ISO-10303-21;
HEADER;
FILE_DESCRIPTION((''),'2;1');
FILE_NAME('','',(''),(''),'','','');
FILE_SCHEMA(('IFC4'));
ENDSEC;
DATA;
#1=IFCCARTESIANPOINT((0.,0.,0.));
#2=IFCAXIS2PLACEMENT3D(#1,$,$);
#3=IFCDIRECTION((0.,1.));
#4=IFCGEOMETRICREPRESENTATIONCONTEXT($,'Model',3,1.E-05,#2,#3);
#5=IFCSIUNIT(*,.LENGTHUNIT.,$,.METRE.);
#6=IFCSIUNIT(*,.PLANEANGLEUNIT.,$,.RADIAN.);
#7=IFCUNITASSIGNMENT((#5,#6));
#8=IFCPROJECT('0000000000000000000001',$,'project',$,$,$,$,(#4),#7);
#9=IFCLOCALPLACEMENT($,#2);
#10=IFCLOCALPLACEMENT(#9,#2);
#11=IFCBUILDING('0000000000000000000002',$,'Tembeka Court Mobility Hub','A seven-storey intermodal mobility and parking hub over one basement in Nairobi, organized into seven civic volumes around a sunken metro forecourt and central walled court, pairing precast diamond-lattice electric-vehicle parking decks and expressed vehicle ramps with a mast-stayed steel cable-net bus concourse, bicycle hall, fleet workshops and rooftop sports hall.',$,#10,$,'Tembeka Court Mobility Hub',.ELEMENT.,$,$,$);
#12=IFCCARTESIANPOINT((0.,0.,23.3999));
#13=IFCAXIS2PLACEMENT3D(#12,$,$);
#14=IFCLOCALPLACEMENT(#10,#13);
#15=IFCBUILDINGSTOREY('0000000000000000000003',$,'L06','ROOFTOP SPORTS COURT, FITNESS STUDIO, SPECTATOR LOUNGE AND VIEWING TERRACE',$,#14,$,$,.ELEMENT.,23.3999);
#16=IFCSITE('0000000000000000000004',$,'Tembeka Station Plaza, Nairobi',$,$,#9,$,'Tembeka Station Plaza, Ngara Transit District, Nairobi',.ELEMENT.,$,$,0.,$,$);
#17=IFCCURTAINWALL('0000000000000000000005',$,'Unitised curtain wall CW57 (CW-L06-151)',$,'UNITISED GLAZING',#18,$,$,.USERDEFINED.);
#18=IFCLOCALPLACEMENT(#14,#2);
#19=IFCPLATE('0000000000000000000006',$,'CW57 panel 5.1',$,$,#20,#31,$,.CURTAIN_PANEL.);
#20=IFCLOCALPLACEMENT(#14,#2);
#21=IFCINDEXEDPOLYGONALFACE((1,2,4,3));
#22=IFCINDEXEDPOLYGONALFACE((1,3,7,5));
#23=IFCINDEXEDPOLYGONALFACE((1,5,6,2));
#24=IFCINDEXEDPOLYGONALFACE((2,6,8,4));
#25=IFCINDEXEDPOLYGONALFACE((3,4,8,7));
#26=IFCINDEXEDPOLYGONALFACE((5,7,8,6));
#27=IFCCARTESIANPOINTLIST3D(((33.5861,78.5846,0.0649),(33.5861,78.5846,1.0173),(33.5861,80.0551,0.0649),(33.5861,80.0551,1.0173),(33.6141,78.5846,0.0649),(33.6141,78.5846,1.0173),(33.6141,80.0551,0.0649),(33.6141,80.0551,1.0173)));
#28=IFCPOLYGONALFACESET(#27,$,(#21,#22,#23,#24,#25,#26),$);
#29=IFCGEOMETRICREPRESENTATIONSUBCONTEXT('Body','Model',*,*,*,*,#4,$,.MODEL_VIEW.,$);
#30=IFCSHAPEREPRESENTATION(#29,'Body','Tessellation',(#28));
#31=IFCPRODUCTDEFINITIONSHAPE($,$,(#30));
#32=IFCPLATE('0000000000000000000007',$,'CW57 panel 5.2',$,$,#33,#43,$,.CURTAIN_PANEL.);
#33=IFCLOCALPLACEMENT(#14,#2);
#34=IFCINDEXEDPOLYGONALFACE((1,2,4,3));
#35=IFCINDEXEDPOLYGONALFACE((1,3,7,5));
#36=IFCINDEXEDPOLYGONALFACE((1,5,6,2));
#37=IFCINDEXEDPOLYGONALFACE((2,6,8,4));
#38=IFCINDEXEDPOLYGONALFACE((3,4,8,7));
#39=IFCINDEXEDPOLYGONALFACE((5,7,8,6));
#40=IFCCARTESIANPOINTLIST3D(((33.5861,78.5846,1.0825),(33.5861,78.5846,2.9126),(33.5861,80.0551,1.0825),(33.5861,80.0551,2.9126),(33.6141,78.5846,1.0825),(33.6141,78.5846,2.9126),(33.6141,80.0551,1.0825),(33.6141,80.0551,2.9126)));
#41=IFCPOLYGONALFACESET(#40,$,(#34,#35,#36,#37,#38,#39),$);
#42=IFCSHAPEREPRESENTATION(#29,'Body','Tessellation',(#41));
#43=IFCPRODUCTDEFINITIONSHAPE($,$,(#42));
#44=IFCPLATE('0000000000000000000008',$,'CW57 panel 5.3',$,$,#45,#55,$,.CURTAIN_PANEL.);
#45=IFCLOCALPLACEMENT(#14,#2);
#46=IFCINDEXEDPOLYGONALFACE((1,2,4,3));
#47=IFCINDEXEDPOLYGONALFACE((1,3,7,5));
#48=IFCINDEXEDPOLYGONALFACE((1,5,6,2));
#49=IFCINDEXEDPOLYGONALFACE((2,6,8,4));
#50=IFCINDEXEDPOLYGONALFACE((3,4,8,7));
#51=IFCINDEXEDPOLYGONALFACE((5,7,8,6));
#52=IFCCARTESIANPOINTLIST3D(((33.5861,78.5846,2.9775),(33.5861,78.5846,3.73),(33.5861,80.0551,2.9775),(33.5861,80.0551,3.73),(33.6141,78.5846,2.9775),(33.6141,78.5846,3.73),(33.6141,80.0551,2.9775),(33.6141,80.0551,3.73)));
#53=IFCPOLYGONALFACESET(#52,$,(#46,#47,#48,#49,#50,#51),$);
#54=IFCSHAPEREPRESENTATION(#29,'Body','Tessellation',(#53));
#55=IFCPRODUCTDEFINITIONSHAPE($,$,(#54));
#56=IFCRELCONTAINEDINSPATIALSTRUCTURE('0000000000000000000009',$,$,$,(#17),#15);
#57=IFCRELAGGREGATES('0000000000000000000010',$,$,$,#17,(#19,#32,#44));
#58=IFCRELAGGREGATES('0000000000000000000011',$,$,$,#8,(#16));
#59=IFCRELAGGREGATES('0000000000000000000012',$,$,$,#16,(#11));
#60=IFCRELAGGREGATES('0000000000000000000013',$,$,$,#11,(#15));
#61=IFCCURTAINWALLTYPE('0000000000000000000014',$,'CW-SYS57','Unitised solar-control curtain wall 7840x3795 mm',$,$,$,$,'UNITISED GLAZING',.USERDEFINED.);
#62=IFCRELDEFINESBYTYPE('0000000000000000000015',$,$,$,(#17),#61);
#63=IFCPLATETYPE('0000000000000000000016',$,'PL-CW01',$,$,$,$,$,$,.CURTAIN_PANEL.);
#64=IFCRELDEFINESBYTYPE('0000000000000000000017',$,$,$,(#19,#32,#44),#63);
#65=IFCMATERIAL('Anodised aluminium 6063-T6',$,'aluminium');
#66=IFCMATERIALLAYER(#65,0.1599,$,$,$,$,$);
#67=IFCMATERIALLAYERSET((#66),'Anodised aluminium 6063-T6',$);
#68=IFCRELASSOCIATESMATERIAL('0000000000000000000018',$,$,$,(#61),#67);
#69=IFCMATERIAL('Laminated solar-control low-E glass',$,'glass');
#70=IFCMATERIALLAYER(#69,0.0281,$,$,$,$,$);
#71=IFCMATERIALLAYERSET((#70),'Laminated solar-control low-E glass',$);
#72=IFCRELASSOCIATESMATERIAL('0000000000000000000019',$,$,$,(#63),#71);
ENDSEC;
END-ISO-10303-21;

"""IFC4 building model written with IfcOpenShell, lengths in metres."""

from ifc_helpers import new_model, si_unit, direction, frame, origin, origin_2d, place, context, subcontext, project, spatial, rectangle, extrude, material, layer, layer_set, type_object, element, aggregate, save


model = new_model("IFC4")

# Units and contexts
model_context = context("Model", 3, precision=1e-05, world=origin(), true_north=direction((0.0, 1.0)))
body_context = subcontext(model_context, "Body", "Model", "MODEL_VIEW")
ifc_project = project(units=[si_unit("LENGTHUNIT", "METRE"), si_unit("PLANEANGLEUNIT", "RADIAN")], contexts=[model_context])

# Site, building, storey
site_placement = place(None, origin())
site = spatial("IfcSite", under=ifc_project, at=site_placement, Name="Tembeka Station Plaza, Nairobi", LongName="Tembeka Station Plaza, Ngara Transit District, Nairobi", CompositionType="ELEMENT", RefElevation=0.0)
building_placement = place(site_placement, origin())
building = spatial("IfcBuilding", under=site, at=building_placement, Name="Tembeka Court Mobility Hub", Description="A seven-storey intermodal mobility and parking hub over one basement in Nairobi, organized into seven civic volumes around a sunken metro forecourt and central walled court, pairing precast diamond-lattice electric-vehicle parking decks and expressed vehicle ramps with a mast-stayed steel cable-net bus concourse, bicycle hall, fleet workshops and rooftop sports hall.", LongName="Tembeka Court Mobility Hub", CompositionType="ELEMENT")
storey_placement = place(building_placement, frame((0.0, 0.0, 23.3999)))
storey = spatial("IfcBuildingStorey", under=building, at=storey_placement, Name="L06", Description="ROOFTOP SPORTS COURT, FITNESS STUDIO, SPECTATOR LOUNGE AND VIEWING TERRACE", CompositionType="ELEMENT", Elevation=23.3999)

# Curtain wall, plates
ifc_material_1 = material(Name="Anodised aluminium 6063-T6", Category="aluminium")
ifc_layer_1 = layer(ifc_material_1, 0.1599)
ifc_layer_set_1 = layer_set([ifc_layer_1], Name="Anodised aluminium 6063-T6")
curtain_wall_type = type_object("IfcCurtainWallType", Name="CW-SYS57", Description="Unitised solar-control curtain wall 7840x3795 mm", ElementType="UNITISED GLAZING", PredefinedType="USERDEFINED", material=ifc_layer_set_1)
curtain_wall_placement = place(storey_placement, origin())
curtain_wall = element("IfcCurtainWall", 1, at=curtain_wall_placement, inside=storey, type_object=curtain_wall_type, Name="Unitised curtain wall CW57 (CW-L06-151)", ObjectType="UNITISED GLAZING", PredefinedType="USERDEFINED")
ifc_material_2 = material(Name="Laminated solar-control low-E glass", Category="glass")
ifc_layer_2 = layer(ifc_material_2, 0.0281)
ifc_layer_set_2 = layer_set([ifc_layer_2], Name="Laminated solar-control low-E glass")
plate_type = type_object("IfcPlateType", Name="PL-CW01", PredefinedType="CURTAIN_PANEL", material=ifc_layer_set_2)
plate_1_placement = place(storey_placement, frame((33.6001, 79.3198, 0.0649), z_axis=(0.0, 0.0, 1.0), x_axis=(0.0, 1.0, 0.0)))
plate_1 = element("IfcPlate", 2, at=plate_1_placement, type_object=plate_type, Name="CW57 panel 5.1", PredefinedType="CURTAIN_PANEL", context=body_context, shape_type="SweptSolid", body=[
    extrude(rectangle(XDim=1.4705, YDim=0.0281, at=origin_2d()), origin(), (0.0, 0.0, 1.0), 0.9524),
])
plate_2_placement = place(storey_placement, frame((33.6001, 79.3198, 1.0825), z_axis=(0.0, 0.0, 1.0), x_axis=(0.0, 1.0, 0.0)))
plate_2 = element("IfcPlate", 3, at=plate_2_placement, type_object=plate_type, Name="CW57 panel 5.2", PredefinedType="CURTAIN_PANEL", context=body_context, shape_type="SweptSolid", body=[
    extrude(rectangle(XDim=1.4705, YDim=0.0281, at=origin_2d()), origin(), (0.0, 0.0, 1.0), 1.8301),
])
plate_3_placement = place(storey_placement, frame((33.6001, 79.3198, 2.9775), z_axis=(0.0, 0.0, 1.0), x_axis=(0.0, 1.0, 0.0)))
plate_3 = element("IfcPlate", 4, at=plate_3_placement, type_object=plate_type, Name="CW57 panel 5.3", PredefinedType="CURTAIN_PANEL", context=body_context, shape_type="SweptSolid", body=[
    extrude(rectangle(XDim=1.4705, YDim=0.0281, at=origin_2d()), origin(), (0.0, 0.0, 1.0), 0.7524),
])
aggregate(curtain_wall, [plate_1, plate_2, plate_3])

save(model, "model.ifc")
